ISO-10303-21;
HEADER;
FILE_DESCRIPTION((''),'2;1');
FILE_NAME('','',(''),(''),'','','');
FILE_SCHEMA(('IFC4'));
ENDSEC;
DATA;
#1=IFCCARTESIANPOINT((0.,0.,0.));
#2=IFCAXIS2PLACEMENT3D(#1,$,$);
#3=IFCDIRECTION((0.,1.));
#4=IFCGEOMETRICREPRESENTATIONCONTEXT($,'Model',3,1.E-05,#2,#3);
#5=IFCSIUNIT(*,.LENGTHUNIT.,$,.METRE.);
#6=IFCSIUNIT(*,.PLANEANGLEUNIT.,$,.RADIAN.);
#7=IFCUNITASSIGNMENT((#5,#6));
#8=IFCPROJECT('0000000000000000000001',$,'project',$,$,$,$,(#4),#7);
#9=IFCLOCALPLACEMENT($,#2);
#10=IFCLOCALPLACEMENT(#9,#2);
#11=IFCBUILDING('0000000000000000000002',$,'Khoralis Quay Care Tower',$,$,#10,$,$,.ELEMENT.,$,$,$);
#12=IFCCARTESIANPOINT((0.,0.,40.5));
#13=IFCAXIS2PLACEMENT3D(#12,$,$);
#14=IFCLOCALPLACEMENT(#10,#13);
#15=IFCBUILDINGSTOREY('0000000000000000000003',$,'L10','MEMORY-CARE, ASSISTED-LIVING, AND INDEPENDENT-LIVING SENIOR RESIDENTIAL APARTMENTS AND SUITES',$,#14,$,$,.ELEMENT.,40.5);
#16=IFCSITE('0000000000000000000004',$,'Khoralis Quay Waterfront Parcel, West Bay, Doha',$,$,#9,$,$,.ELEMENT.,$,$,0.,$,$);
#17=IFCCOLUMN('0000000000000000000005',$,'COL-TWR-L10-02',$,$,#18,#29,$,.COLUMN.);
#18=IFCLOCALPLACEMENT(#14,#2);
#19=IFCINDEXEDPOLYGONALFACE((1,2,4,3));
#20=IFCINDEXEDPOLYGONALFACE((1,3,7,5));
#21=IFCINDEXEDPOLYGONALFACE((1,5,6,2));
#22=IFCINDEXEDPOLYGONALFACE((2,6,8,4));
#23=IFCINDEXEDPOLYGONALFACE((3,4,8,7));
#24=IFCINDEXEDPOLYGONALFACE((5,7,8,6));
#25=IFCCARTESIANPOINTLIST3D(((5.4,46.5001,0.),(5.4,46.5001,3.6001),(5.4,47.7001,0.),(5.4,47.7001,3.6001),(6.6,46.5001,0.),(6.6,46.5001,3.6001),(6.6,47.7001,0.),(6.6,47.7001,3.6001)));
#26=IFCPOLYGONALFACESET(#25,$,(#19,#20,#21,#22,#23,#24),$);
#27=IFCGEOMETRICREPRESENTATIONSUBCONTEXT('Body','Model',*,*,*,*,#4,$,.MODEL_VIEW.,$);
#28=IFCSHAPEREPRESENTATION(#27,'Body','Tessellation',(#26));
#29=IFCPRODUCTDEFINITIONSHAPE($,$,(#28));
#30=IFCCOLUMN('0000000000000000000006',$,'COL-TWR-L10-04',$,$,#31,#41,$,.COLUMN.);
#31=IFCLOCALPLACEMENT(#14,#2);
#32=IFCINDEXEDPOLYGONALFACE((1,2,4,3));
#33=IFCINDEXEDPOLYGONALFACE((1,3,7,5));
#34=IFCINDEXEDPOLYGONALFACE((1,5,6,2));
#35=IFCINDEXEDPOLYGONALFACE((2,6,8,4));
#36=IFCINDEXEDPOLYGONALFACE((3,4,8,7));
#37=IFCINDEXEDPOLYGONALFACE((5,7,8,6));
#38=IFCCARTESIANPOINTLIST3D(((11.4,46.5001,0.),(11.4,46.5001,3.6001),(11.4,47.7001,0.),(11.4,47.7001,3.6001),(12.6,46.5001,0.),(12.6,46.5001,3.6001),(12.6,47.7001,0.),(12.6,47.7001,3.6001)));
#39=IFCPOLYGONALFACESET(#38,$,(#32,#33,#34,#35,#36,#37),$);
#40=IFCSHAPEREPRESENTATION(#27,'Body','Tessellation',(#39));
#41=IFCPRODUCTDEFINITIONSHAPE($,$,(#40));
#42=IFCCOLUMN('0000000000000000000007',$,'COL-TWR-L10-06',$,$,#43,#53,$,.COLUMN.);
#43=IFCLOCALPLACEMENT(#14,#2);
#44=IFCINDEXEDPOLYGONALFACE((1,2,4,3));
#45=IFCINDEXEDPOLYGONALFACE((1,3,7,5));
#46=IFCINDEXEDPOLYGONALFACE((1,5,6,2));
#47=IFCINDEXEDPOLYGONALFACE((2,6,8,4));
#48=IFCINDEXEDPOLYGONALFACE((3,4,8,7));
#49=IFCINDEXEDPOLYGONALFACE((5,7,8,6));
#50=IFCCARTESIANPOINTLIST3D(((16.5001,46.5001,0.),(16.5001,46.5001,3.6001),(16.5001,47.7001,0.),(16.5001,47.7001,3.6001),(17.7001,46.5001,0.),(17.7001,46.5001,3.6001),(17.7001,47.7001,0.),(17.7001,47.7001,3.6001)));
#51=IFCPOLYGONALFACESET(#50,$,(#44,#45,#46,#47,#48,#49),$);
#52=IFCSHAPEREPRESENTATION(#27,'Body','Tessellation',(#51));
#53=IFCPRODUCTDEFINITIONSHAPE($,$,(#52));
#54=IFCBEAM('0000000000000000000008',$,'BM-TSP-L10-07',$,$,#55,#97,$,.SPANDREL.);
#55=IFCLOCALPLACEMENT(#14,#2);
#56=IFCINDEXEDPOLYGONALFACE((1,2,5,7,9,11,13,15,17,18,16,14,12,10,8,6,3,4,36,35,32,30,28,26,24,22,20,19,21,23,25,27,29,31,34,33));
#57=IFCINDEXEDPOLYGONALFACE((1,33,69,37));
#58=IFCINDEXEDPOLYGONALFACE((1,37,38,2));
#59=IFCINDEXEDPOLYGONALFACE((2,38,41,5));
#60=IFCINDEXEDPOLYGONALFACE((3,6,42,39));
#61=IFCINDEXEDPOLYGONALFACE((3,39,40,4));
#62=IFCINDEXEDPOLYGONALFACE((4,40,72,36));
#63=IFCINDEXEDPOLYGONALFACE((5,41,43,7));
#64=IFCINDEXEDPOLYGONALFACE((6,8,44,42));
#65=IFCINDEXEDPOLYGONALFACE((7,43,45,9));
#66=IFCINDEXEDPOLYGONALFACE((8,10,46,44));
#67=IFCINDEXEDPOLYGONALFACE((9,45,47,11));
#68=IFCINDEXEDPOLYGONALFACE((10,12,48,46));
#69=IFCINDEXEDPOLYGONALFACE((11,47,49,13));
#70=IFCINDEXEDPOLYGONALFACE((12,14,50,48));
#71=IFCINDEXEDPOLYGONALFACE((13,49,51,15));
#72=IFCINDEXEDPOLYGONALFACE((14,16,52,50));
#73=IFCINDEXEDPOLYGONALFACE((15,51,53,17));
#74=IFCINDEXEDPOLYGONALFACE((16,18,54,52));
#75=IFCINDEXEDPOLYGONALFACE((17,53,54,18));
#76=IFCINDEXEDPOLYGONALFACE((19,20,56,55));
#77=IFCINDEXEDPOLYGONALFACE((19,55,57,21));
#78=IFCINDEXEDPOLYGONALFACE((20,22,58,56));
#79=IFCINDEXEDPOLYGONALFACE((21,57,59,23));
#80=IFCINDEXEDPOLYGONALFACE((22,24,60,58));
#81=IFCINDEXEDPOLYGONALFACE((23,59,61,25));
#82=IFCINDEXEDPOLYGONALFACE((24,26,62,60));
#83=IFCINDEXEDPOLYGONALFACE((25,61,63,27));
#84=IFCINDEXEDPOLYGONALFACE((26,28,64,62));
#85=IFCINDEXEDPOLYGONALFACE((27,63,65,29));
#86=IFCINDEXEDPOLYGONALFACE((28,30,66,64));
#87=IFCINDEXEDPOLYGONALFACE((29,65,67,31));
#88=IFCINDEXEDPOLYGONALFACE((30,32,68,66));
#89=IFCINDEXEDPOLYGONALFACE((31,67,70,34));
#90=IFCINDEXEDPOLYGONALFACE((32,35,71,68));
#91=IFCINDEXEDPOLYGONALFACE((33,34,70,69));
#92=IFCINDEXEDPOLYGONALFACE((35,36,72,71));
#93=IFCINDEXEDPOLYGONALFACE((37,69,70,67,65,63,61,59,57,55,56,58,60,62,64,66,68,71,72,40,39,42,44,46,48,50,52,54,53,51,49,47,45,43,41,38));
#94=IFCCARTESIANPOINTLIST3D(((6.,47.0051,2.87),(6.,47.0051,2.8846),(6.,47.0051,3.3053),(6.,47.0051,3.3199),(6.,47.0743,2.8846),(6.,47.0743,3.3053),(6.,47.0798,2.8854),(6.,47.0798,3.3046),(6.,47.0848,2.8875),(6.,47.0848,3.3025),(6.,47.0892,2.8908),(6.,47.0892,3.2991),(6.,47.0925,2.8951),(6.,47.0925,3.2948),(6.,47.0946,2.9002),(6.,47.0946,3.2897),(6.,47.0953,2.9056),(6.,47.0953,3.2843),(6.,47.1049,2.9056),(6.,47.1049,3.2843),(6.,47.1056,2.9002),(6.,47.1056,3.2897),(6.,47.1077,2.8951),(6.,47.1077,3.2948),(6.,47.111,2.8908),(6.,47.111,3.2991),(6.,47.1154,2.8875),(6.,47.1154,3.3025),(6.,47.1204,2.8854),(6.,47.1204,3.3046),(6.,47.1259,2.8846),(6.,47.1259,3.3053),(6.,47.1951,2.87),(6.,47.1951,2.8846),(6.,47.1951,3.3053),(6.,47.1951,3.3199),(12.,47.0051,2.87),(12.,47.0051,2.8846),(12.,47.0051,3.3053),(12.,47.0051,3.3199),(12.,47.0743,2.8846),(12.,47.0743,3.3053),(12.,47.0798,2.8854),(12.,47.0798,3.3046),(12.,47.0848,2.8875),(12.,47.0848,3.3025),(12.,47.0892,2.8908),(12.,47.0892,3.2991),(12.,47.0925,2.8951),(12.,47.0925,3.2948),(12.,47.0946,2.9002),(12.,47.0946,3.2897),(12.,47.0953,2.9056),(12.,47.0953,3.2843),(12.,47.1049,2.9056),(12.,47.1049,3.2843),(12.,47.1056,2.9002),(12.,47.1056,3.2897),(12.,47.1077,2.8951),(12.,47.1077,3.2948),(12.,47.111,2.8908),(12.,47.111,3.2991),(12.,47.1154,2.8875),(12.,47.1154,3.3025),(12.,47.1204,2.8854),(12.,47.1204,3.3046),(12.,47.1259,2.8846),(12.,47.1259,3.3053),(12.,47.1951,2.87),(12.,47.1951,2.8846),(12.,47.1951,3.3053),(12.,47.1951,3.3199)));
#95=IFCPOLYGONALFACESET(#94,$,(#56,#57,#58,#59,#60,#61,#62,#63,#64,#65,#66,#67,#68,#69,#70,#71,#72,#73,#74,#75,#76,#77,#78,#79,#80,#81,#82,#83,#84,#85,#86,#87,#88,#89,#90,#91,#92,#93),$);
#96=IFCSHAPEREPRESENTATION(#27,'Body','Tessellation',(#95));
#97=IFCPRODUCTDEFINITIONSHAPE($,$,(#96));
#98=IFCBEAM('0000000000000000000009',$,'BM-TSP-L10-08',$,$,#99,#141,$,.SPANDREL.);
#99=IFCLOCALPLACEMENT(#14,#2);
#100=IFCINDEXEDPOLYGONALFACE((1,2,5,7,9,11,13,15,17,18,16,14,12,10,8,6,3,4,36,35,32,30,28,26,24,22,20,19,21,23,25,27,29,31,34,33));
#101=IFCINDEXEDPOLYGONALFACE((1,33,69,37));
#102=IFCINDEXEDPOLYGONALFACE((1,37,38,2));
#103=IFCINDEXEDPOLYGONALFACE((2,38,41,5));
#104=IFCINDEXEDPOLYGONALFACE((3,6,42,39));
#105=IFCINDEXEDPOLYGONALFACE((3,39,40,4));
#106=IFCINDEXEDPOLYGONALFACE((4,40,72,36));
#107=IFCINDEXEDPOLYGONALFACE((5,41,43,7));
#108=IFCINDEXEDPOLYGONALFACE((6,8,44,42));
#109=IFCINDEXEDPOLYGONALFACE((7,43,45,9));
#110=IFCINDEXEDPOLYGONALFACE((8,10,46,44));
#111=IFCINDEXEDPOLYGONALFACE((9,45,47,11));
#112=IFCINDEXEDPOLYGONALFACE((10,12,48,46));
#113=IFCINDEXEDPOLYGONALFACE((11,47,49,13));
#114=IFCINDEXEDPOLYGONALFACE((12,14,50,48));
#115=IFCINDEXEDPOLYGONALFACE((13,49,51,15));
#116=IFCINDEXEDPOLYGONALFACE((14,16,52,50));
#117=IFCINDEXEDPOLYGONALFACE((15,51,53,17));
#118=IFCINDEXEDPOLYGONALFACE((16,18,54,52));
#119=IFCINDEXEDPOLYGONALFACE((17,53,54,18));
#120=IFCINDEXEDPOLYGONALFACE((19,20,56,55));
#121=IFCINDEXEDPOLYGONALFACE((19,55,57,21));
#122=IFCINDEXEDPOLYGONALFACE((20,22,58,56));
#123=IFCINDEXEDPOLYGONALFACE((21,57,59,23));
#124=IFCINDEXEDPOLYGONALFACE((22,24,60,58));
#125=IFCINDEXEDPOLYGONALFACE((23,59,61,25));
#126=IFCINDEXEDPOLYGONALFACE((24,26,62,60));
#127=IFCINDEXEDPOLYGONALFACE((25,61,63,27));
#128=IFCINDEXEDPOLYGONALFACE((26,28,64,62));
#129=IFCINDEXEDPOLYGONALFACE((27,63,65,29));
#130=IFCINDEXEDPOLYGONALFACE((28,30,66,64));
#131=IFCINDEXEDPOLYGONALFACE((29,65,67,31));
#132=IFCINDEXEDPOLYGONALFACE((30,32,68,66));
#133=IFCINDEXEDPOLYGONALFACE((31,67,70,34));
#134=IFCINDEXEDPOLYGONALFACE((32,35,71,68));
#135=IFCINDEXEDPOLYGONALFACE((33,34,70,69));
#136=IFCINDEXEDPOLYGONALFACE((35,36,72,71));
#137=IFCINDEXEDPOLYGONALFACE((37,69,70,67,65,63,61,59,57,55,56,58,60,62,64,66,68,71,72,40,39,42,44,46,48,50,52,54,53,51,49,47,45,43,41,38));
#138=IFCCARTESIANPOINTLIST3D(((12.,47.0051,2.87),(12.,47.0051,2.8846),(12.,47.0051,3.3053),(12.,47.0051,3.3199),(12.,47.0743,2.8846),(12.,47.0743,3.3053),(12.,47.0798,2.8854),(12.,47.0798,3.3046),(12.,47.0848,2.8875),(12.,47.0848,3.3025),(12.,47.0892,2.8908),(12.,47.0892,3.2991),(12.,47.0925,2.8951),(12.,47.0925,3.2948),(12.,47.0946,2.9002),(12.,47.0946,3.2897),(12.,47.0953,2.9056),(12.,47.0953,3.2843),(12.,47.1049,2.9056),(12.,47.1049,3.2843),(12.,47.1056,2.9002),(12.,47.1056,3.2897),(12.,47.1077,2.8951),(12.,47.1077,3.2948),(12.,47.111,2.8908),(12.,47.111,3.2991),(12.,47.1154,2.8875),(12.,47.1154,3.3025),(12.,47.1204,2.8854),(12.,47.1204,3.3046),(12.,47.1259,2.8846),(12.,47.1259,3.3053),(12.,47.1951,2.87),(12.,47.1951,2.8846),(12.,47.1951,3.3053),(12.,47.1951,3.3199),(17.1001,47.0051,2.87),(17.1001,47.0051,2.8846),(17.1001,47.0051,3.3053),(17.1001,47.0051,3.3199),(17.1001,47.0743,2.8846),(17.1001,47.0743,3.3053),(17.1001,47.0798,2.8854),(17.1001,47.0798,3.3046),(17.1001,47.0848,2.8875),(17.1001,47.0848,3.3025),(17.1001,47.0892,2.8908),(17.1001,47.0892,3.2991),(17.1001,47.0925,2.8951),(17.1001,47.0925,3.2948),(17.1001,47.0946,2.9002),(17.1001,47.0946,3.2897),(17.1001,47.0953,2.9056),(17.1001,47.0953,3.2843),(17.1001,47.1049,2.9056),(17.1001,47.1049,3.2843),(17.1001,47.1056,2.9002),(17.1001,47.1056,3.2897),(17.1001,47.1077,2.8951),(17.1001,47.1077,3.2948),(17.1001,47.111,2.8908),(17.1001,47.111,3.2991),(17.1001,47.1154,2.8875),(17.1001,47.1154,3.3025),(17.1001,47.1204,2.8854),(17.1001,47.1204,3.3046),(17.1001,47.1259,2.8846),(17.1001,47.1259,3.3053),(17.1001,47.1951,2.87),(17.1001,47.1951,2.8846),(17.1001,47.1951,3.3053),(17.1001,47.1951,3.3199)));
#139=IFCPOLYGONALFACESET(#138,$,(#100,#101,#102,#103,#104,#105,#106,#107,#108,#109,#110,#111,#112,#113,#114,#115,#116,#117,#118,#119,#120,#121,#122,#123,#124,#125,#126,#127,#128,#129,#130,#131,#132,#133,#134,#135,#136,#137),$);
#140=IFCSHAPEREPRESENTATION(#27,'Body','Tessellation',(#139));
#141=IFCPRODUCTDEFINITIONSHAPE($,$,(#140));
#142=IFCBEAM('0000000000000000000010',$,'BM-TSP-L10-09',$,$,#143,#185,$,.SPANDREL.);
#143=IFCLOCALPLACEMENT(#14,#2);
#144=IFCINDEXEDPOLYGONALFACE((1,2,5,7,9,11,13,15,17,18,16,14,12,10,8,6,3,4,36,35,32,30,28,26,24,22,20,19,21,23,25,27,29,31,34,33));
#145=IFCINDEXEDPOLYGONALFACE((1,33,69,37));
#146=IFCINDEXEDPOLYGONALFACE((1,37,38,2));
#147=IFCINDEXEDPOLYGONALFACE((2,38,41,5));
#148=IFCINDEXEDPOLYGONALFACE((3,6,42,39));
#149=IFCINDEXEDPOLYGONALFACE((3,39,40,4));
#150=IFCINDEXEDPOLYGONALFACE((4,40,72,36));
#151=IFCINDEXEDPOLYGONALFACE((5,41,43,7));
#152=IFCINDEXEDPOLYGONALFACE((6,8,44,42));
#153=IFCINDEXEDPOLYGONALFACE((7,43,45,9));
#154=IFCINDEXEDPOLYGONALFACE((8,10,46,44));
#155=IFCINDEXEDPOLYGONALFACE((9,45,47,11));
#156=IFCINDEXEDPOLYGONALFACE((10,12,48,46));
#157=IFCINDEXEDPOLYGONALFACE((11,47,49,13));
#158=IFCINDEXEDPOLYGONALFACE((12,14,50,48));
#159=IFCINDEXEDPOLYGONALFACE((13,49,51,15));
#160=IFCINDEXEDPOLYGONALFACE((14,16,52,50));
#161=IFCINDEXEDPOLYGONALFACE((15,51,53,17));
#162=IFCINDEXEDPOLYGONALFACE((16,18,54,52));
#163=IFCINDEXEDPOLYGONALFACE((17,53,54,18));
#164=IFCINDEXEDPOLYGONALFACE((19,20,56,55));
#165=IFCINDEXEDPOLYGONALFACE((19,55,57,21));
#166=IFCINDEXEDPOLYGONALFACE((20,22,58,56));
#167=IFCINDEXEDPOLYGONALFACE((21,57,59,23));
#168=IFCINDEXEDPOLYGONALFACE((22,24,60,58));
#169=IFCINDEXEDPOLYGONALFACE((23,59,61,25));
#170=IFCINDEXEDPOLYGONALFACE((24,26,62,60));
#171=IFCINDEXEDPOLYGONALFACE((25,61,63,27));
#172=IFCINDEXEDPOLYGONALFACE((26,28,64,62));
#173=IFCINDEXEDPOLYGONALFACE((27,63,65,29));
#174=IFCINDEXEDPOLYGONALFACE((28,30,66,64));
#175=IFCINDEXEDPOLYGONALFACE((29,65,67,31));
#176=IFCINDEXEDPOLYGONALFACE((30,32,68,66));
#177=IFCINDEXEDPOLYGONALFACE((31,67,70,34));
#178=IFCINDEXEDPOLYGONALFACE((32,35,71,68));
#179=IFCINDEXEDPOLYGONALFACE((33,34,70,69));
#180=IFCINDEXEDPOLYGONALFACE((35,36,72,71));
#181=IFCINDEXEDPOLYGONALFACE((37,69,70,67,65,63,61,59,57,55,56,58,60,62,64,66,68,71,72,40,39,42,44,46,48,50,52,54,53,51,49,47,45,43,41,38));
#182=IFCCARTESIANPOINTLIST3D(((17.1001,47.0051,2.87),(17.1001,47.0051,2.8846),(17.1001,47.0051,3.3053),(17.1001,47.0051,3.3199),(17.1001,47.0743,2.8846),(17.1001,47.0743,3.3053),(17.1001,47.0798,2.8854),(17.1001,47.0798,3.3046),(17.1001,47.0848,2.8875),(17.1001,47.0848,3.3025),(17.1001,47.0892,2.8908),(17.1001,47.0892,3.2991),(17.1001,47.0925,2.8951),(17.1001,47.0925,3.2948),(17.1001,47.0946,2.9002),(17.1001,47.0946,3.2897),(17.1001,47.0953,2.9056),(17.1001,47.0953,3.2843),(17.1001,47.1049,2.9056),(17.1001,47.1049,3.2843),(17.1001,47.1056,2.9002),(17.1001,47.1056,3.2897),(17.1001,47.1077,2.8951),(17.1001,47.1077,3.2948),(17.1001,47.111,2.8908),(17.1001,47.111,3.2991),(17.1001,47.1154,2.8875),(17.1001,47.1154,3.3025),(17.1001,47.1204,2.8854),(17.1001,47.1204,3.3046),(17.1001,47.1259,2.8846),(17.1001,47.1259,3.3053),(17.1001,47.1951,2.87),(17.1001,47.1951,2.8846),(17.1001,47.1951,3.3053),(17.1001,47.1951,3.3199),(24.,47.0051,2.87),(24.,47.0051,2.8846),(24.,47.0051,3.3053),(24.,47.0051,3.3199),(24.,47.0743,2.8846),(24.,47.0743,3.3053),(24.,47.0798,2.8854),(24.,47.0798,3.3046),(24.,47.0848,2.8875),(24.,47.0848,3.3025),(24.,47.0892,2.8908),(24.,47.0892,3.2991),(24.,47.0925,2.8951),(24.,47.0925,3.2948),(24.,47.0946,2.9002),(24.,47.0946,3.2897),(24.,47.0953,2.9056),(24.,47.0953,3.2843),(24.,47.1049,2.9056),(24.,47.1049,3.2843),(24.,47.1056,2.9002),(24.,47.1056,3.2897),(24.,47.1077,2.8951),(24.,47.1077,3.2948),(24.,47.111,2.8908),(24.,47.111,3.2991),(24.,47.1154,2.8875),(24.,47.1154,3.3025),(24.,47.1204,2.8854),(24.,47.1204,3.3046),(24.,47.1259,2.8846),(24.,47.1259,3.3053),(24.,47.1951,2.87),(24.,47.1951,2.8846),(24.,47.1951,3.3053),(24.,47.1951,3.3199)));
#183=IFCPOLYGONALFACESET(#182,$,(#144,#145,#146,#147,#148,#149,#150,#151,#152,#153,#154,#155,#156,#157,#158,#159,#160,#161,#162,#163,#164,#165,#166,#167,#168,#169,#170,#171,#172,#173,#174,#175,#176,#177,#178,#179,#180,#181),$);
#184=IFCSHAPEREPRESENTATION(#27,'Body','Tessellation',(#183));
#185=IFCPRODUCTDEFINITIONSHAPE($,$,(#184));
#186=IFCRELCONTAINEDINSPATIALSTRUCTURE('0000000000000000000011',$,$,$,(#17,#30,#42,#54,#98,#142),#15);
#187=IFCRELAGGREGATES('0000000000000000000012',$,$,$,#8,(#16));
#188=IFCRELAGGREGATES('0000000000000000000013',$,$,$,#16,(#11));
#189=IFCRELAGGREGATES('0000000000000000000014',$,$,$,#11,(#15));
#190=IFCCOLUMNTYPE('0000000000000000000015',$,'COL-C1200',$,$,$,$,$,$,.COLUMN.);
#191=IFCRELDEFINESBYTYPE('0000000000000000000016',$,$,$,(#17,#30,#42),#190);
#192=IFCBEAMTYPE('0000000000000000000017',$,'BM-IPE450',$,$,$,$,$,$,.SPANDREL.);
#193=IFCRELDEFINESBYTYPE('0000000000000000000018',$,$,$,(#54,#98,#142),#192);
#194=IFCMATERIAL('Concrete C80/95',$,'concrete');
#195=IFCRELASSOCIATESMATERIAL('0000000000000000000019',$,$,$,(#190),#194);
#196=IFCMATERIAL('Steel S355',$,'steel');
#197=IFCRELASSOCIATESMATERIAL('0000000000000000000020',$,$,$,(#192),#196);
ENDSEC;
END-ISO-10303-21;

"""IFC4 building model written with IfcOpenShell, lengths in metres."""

from ifc_helpers import new_model, si_unit, direction, frame, origin, origin_2d, place, context, subcontext, project, spatial, rectangle, i_section, extrude, source, transform, mapped, material, material_profile, profile_set, type_object, element, save


model = new_model("IFC4")

# Units and contexts
model_context = context("Model", 3, precision=1e-05, world=origin(), true_north=direction((0.0, 1.0)))
body_context = subcontext(model_context, "Body", "Model", "MODEL_VIEW")
ifc_project = project(units=[si_unit("LENGTHUNIT", "METRE"), si_unit("PLANEANGLEUNIT", "RADIAN")], contexts=[model_context])

# Site, building, storey
site_placement = place(None, origin())
site = spatial("IfcSite", under=ifc_project, at=site_placement, Name="Khoralis Quay Waterfront Parcel, West Bay, Doha", CompositionType="ELEMENT", RefElevation=0.0)
building_placement = place(site_placement, origin())
building = spatial("IfcBuilding", under=site, at=building_placement, Name="Khoralis Quay Care Tower", CompositionType="ELEMENT")
storey_placement = place(building_placement, frame((0.0, 0.0, 40.5)))
storey = spatial("IfcBuildingStorey", under=building, at=storey_placement, Name="L10", Description="MEMORY-CARE, ASSISTED-LIVING, AND INDEPENDENT-LIVING SENIOR RESIDENTIAL APARTMENTS AND SUITES", CompositionType="ELEMENT", Elevation=40.5)

# Columns
ifc_material_1 = material(Name="Concrete C80/95", Category="concrete")
ifc_material_profile_1 = material_profile(ifc_material_1, rectangle(XDim=1.2, YDim=1.2, at=origin_2d()), Name="Concrete C80/95")
ifc_profile_set_1 = profile_set([ifc_material_profile_1], Name="Concrete C80/95")
column_type = type_object("IfcColumnType", Name="COL-C1200", PredefinedType="COLUMN", material=ifc_profile_set_1)
shared_shape_1 = source(origin(), body_context, "Body", "SweptSolid", [
    extrude(rectangle(XDim=1.2, YDim=1.2, at=origin_2d()), origin(), (0.0, 0.0, 1.0), 3.6001),
])
for number, where, z_axis, x_axis, name in (
    (1, (6.0, 47.1001, 0.0), (0.0, 0.0, 1.0), (1.0, 0.0, 0.0), "COL-TWR-L10-02"),
    (2, (12.0, 47.1001, 0.0), (0.0, 0.0, 1.0), (1.0, 0.0, 0.0), "COL-TWR-L10-04"),
    (3, (17.1001, 47.1001, 0.0), (0.0, 0.0, 1.0), (1.0, 0.0, 0.0), "COL-TWR-L10-06"),
):
    element("IfcColumn", number, at=place(storey_placement, frame(where, z_axis=z_axis, x_axis=x_axis)), inside=storey, type_object=column_type, Name=name, PredefinedType="COLUMN", context=body_context, shape_type="MappedRepresentation", body=[
        mapped(shared_shape_1, transform((0.0, 0.0, 0.0), scale=1.0)),
    ])

# Beams
ifc_material_2 = material(Name="Steel S355", Category="steel")
ifc_material_profile_2 = material_profile(ifc_material_2, i_section(OverallWidth=0.1899, OverallDepth=0.45, WebThickness=0.0095, FlangeThickness=0.0146, FilletRadius=0.021, at=origin_2d()), Name="Steel S355")
ifc_profile_set_2 = profile_set([ifc_material_profile_2], Name="Steel S355")
beam_type = type_object("IfcBeamType", Name="BM-IPE450", PredefinedType="SPANDREL", material=ifc_profile_set_2)
shared_shape_2 = source(origin(), body_context, "Body", "SweptSolid", [
    extrude(i_section(OverallWidth=0.1899, OverallDepth=0.45, WebThickness=0.0095, FlangeThickness=0.0146, FilletRadius=0.021, at=origin_2d()), origin(), (0.0, 0.0, 1.0), 6.0),
])
beam_1_placement = place(storey_placement, frame((6.0, 47.1001, 3.095), z_axis=(1.0, 0.0, 0.0), x_axis=(0.0, 1.0, 0.0)))
element("IfcBeam", 4, at=beam_1_placement, inside=storey, type_object=beam_type, Name="BM-TSP-L10-07", PredefinedType="SPANDREL", context=body_context, shape_type="MappedRepresentation", body=[
    mapped(shared_shape_2, transform((0.0, 0.0, 0.0), scale=1.0)),
])
shared_shape_3 = source(origin(), body_context, "Body", "SweptSolid", [
    extrude(i_section(OverallWidth=0.1899, OverallDepth=0.45, WebThickness=0.0095, FlangeThickness=0.0146, FilletRadius=0.021, at=origin_2d()), origin(), (0.0, 0.0, 1.0), 5.1001),
])
beam_2_placement = place(storey_placement, frame((12.0, 47.1001, 3.095), z_axis=(1.0, 0.0, 0.0), x_axis=(0.0, 1.0, 0.0)))
element("IfcBeam", 5, at=beam_2_placement, inside=storey, type_object=beam_type, Name="BM-TSP-L10-08", PredefinedType="SPANDREL", context=body_context, shape_type="MappedRepresentation", body=[
    mapped(shared_shape_3, transform((0.0, 0.0, 0.0), scale=1.0)),
])
shared_shape_4 = source(origin(), body_context, "Body", "SweptSolid", [
    extrude(i_section(OverallWidth=0.1899, OverallDepth=0.45, WebThickness=0.0095, FlangeThickness=0.0146, FilletRadius=0.021, at=origin_2d()), origin(), (0.0, 0.0, 1.0), 6.8999),
])
beam_3_placement = place(storey_placement, frame((17.1001, 47.1001, 3.095), z_axis=(1.0, 0.0, 0.0), x_axis=(0.0, 1.0, 0.0)))
element("IfcBeam", 6, at=beam_3_placement, inside=storey, type_object=beam_type, Name="BM-TSP-L10-09", PredefinedType="SPANDREL", context=body_context, shape_type="MappedRepresentation", body=[
    mapped(shared_shape_4, transform((0.0, 0.0, 0.0), scale=1.0)),
])

save(model, "model.ifc")
